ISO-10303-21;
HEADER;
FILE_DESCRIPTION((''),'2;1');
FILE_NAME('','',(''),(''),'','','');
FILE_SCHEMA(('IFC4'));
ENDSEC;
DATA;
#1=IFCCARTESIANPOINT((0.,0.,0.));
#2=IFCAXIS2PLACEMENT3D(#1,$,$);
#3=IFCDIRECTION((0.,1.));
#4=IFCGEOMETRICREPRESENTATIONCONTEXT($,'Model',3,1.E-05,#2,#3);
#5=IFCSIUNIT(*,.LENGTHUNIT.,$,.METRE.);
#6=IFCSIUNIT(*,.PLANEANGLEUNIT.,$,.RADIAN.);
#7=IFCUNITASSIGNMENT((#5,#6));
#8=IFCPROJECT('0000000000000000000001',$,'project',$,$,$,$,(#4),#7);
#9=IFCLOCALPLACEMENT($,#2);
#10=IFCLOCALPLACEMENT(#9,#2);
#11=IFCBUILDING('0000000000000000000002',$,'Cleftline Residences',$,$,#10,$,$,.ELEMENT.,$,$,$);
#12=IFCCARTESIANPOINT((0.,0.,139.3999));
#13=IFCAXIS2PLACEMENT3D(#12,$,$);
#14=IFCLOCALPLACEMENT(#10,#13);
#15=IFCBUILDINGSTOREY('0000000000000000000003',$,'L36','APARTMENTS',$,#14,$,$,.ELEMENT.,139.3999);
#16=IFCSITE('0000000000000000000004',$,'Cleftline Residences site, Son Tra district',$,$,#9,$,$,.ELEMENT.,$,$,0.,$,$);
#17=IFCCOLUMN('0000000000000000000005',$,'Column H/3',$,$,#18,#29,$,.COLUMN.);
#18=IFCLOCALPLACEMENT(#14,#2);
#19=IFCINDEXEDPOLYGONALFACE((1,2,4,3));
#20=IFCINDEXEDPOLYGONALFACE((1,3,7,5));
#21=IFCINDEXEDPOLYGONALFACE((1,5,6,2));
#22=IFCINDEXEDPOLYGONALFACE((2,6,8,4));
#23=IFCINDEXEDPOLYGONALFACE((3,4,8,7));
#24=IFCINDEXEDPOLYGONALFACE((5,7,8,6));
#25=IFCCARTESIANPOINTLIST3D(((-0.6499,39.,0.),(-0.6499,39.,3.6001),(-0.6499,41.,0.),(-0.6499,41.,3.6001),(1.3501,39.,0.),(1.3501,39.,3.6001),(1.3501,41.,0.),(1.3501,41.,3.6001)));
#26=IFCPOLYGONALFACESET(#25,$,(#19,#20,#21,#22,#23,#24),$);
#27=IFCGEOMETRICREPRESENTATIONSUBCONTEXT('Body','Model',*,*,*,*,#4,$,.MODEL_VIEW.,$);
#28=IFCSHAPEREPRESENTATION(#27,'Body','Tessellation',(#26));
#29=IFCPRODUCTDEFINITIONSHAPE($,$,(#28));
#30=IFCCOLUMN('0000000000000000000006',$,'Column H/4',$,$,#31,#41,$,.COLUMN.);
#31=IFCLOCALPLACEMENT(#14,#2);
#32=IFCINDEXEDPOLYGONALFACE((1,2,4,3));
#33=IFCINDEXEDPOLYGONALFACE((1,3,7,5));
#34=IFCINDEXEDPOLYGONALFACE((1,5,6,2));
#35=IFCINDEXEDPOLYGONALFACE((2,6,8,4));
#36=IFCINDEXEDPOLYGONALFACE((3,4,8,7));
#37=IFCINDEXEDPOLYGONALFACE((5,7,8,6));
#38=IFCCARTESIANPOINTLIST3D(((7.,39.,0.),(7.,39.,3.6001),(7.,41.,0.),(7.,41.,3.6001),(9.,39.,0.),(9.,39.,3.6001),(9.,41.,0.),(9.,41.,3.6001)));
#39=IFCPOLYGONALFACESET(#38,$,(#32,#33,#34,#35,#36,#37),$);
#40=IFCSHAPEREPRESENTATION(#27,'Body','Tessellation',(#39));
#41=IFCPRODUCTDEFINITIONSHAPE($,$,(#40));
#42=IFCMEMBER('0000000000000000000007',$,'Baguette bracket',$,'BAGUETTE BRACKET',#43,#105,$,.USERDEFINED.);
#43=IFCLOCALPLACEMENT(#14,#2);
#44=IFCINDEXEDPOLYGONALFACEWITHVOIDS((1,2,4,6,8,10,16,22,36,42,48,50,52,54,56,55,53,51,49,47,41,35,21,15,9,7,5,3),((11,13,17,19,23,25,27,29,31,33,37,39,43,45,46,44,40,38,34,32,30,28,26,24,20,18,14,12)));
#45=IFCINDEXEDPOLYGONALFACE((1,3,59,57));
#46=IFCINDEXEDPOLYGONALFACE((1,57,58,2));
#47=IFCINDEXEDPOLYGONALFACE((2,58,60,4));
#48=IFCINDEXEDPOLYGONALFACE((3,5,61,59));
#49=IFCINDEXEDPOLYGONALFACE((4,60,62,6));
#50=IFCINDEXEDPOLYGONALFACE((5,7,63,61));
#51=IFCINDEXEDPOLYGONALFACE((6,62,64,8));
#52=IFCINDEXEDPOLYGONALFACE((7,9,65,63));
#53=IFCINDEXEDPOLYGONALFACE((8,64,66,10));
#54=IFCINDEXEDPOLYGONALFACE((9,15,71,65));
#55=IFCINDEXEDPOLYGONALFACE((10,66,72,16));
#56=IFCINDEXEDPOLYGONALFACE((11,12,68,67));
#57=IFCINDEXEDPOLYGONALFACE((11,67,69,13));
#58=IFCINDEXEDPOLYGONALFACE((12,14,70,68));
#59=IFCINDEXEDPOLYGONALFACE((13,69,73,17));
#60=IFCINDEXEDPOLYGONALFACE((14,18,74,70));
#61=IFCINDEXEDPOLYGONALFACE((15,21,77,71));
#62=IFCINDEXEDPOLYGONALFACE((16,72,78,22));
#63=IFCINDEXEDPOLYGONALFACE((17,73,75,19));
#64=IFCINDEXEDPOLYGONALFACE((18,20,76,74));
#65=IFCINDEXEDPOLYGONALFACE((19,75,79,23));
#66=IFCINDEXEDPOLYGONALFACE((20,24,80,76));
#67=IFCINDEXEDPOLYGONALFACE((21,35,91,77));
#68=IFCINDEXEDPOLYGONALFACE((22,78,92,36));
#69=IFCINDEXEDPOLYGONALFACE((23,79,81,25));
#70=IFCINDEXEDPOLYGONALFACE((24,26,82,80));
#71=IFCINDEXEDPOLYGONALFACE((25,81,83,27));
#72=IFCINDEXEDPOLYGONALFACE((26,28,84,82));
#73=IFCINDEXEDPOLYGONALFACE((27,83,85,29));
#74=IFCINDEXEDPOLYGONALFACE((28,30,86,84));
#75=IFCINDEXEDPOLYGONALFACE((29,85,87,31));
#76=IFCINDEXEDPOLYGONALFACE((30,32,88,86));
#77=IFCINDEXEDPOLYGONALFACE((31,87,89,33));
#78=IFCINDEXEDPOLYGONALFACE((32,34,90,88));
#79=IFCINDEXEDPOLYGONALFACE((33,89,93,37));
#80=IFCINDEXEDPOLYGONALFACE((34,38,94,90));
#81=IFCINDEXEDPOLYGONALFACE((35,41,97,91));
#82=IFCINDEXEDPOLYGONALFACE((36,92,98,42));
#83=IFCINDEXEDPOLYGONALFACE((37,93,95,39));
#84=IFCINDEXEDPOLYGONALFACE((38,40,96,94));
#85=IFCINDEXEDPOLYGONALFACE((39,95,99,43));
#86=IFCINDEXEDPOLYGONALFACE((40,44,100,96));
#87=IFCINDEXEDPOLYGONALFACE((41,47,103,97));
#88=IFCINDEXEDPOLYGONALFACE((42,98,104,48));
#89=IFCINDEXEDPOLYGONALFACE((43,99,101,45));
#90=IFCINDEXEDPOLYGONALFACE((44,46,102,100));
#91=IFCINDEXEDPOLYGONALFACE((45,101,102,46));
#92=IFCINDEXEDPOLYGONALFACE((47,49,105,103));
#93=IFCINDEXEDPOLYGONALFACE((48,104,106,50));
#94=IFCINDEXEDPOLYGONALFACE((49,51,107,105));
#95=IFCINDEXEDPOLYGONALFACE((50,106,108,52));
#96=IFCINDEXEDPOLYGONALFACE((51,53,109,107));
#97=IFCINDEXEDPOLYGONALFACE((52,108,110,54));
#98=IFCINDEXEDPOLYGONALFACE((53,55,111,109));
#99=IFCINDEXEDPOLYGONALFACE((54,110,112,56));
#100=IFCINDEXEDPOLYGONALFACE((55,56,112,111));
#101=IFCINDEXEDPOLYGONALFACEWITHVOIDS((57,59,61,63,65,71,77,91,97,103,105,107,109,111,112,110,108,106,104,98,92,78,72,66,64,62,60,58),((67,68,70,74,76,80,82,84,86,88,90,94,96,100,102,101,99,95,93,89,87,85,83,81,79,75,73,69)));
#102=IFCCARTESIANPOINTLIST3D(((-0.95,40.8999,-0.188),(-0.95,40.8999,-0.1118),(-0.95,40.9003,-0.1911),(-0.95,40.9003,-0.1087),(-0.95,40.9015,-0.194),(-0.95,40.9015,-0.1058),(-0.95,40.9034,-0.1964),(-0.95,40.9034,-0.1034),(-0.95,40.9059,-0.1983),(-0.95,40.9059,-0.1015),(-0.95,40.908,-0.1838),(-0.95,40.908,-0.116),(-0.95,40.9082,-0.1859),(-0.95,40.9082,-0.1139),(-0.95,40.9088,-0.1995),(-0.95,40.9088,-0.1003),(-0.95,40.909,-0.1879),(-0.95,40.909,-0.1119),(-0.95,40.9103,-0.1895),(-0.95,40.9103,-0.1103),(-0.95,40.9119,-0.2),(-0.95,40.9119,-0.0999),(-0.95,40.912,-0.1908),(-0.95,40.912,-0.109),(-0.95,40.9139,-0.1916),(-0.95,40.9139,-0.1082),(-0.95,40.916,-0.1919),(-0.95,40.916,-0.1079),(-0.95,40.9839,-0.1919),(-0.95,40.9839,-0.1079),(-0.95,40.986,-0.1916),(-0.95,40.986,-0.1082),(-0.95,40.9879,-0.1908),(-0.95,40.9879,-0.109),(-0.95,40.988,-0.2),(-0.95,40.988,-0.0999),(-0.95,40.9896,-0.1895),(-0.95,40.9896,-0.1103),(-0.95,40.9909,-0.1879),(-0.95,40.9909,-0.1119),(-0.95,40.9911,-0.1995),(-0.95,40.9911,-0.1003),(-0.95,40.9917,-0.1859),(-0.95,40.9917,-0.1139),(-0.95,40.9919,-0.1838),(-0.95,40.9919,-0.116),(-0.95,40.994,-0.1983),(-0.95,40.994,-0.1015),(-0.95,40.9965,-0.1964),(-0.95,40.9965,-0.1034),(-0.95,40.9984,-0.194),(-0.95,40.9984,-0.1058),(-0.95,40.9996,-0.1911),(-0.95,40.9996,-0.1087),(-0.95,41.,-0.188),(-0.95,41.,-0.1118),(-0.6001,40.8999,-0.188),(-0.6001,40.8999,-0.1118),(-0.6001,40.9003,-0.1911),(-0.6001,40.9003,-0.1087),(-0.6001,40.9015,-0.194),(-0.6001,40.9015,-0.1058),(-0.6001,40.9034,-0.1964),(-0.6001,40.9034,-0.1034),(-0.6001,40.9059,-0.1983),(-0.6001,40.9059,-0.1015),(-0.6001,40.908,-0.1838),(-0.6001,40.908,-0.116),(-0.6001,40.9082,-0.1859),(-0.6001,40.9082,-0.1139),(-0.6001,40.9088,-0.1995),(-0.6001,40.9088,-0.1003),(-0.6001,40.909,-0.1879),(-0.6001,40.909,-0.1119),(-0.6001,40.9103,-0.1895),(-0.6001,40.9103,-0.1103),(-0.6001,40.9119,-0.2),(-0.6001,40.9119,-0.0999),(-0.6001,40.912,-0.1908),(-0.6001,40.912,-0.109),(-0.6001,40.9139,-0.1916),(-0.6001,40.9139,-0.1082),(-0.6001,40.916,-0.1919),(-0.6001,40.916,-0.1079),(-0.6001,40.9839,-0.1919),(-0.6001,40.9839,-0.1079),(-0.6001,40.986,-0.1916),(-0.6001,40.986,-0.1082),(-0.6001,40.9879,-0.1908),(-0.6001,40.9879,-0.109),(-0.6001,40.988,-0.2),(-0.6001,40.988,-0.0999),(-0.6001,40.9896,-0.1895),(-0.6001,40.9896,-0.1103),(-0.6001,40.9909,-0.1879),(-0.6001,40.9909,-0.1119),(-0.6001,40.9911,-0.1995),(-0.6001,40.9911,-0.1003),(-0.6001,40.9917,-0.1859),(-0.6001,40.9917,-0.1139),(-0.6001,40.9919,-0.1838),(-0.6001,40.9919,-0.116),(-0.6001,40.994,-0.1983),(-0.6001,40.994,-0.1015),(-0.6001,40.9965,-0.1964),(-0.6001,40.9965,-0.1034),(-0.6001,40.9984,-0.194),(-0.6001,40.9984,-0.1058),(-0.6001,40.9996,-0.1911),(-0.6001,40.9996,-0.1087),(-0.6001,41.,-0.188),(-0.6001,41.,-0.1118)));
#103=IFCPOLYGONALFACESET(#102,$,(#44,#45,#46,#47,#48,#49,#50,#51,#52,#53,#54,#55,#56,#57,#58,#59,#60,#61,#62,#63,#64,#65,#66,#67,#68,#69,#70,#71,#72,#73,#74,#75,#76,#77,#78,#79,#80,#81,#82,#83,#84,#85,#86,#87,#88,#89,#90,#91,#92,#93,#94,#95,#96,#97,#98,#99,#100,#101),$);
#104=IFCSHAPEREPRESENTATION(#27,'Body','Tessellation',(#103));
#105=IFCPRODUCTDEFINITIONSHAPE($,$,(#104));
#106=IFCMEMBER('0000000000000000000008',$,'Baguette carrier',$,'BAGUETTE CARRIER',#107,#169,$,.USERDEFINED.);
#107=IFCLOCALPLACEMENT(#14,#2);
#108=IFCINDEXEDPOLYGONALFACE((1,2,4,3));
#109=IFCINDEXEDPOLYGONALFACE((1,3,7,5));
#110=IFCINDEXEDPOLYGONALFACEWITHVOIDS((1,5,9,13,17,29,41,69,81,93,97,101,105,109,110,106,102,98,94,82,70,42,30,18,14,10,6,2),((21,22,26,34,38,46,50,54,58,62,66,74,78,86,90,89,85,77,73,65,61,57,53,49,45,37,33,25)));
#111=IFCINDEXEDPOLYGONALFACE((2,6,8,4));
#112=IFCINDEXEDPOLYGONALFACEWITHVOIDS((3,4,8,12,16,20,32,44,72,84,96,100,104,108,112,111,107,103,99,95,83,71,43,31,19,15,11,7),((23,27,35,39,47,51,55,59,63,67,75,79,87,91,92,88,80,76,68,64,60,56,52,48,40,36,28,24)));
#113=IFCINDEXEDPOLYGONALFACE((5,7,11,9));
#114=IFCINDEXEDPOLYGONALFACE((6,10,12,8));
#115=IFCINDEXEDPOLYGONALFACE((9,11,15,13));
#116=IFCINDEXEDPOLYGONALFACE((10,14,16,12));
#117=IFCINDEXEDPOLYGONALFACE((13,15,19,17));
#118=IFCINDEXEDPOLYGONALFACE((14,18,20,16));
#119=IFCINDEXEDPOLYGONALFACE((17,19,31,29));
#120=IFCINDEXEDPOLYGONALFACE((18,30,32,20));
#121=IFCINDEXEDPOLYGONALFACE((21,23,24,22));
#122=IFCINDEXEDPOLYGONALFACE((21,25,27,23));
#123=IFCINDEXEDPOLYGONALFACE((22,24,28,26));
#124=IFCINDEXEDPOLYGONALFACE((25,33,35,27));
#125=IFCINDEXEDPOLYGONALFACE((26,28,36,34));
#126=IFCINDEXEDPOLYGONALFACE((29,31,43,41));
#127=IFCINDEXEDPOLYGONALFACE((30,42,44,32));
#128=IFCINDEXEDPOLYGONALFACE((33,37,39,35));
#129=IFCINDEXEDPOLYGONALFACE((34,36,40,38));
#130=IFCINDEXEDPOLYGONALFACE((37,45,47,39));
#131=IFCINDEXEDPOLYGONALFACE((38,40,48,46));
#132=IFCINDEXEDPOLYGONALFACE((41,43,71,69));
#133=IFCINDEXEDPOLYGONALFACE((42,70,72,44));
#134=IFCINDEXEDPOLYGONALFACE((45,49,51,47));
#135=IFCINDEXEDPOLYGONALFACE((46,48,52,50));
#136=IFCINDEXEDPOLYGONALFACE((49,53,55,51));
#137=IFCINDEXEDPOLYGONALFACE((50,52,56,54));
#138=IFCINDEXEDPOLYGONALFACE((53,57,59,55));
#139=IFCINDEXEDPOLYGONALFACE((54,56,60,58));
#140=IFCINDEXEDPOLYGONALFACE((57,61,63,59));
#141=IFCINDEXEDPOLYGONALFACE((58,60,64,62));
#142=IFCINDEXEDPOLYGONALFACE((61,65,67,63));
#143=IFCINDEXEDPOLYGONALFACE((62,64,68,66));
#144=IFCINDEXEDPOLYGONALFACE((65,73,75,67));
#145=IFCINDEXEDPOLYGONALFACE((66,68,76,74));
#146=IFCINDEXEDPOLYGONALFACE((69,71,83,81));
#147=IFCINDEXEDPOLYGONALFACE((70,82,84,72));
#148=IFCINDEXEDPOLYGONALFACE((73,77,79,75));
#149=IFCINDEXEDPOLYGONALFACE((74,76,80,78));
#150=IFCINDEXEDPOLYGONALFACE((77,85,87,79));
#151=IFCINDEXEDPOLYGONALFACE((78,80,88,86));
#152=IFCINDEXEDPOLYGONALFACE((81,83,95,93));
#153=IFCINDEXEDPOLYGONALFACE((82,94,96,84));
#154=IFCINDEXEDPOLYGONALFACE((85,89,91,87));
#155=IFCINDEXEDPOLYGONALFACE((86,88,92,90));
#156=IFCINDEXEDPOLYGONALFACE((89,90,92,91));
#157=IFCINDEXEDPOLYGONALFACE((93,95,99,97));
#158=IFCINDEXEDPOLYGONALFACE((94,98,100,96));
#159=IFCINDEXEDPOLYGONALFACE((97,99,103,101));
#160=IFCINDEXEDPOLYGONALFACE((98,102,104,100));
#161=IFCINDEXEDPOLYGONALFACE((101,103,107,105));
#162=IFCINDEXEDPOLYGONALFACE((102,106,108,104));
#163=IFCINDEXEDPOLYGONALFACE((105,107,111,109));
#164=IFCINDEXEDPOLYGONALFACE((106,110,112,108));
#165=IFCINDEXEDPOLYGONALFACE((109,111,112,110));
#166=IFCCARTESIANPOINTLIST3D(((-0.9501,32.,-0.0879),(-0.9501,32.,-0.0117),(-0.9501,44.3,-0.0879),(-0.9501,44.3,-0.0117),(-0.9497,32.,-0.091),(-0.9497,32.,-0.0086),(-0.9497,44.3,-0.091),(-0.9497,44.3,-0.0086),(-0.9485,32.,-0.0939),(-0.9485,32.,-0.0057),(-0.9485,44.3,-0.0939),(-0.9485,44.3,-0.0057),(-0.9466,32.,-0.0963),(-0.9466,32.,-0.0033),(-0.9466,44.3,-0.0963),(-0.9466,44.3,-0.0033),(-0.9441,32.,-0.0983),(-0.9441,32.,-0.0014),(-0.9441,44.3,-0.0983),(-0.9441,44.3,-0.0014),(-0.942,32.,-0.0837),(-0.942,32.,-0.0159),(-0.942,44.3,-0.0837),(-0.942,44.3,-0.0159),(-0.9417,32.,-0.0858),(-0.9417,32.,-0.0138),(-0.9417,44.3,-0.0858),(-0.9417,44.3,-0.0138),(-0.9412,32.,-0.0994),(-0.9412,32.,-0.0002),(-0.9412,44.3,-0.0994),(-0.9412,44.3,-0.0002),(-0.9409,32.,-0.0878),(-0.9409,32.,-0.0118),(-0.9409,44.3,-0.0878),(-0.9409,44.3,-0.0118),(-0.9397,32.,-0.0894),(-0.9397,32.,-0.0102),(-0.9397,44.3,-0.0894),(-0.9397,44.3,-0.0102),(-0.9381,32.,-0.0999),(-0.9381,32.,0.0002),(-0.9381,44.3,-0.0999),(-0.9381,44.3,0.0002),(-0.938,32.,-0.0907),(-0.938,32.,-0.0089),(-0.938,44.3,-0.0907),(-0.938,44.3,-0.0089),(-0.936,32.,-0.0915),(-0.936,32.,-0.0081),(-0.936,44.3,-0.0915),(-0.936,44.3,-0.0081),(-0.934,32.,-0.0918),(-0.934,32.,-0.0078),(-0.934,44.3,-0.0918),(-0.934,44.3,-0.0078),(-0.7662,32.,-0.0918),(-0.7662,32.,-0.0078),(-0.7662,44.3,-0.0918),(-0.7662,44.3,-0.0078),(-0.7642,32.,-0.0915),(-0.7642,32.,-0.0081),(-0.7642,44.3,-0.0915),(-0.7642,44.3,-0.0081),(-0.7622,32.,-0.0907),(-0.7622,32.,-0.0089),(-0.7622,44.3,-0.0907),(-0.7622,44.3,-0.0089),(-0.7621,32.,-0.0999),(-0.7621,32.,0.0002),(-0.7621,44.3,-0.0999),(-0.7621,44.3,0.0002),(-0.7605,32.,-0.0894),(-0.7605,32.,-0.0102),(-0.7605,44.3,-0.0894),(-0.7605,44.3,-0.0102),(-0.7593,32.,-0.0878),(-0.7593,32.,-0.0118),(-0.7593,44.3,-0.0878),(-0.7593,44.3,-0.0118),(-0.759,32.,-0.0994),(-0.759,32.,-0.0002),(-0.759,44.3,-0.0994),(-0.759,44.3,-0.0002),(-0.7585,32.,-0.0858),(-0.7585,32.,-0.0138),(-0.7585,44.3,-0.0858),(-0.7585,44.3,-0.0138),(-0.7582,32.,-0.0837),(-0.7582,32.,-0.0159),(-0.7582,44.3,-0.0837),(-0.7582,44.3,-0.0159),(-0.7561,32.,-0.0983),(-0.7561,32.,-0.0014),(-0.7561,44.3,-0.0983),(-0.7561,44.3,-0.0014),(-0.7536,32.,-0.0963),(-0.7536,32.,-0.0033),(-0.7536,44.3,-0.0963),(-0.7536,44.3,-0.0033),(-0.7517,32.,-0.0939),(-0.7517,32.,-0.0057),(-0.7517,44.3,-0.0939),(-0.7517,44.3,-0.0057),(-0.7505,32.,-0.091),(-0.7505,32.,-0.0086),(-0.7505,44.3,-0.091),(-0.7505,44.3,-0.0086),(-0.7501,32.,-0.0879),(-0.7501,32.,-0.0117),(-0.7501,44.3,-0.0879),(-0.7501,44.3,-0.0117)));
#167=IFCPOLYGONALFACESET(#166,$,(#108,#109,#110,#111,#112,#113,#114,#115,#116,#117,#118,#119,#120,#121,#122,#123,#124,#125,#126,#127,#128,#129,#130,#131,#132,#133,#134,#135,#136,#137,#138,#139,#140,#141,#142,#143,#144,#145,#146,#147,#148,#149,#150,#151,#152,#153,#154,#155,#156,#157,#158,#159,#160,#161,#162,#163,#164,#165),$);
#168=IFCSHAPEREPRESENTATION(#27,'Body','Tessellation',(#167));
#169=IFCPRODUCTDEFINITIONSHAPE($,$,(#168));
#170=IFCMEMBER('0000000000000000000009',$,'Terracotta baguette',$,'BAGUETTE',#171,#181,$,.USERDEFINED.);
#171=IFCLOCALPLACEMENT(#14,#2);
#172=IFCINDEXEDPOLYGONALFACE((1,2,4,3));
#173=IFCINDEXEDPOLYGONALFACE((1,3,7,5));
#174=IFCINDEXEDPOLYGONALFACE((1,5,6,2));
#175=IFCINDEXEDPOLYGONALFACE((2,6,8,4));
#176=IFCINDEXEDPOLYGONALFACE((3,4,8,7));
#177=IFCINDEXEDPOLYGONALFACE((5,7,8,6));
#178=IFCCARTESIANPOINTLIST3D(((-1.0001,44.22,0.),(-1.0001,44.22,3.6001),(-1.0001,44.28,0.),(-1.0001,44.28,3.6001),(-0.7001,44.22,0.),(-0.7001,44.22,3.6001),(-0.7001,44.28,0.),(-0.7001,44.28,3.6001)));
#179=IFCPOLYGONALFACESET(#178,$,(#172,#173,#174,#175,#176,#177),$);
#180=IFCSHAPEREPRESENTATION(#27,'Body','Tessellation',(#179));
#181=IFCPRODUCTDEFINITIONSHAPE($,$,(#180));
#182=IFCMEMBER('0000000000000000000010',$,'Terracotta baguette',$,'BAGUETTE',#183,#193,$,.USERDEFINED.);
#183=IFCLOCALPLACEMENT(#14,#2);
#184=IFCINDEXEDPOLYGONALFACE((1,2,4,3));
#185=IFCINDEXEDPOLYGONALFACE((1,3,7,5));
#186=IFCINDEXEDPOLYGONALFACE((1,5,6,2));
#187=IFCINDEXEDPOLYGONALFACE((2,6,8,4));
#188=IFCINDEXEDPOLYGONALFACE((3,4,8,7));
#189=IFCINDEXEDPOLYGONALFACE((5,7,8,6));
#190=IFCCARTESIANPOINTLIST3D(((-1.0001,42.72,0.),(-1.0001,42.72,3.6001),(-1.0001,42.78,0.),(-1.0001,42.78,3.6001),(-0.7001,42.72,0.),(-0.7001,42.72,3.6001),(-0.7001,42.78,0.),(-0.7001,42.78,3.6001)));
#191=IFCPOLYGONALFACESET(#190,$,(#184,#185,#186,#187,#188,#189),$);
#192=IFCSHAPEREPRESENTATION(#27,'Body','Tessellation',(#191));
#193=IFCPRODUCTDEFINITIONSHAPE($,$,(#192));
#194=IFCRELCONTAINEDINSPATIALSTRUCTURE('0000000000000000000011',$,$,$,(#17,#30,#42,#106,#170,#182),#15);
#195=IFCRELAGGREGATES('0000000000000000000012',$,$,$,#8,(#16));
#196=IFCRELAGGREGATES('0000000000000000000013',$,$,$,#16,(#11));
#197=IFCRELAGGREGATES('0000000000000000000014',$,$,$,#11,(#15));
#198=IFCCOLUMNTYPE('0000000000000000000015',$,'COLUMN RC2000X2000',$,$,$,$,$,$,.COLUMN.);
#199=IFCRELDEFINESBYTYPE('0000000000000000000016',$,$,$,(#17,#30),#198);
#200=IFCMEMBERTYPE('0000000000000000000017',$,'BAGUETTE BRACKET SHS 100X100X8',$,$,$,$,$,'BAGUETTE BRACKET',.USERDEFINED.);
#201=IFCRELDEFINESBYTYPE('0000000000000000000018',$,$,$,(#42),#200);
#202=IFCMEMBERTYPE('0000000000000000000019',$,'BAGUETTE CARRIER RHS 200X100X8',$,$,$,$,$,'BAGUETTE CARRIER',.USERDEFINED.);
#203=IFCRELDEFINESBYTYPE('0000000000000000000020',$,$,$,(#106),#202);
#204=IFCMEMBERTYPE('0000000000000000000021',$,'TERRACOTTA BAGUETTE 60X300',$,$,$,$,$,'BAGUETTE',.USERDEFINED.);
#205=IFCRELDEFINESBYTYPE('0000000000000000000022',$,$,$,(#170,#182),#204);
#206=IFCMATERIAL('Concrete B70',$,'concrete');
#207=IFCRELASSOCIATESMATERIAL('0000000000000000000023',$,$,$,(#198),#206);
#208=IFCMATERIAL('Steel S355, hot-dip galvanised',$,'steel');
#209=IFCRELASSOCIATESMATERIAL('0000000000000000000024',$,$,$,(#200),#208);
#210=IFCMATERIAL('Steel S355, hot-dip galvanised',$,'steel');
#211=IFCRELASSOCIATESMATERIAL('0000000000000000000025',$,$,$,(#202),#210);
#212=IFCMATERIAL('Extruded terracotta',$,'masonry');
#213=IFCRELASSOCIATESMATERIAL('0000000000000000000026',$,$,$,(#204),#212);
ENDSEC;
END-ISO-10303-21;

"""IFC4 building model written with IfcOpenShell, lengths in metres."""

from ifc_helpers import new_model, si_unit, direction, frame, origin, origin_2d, place, context, subcontext, project, spatial, rectangle, hollow_rectangle, extrude, material, material_profile, profile_set, type_object, element, save


model = new_model("IFC4")

# Units and contexts
model_context = context("Model", 3, precision=1e-05, world=origin(), true_north=direction((0.0, 1.0)))
body_context = subcontext(model_context, "Body", "Model", "MODEL_VIEW")
ifc_project = project(units=[si_unit("LENGTHUNIT", "METRE"), si_unit("PLANEANGLEUNIT", "RADIAN")], contexts=[model_context])

# Site, building, storey
site_placement = place(None, origin())
site = spatial("IfcSite", under=ifc_project, at=site_placement, Name="Cleftline Residences site, Son Tra district", CompositionType="ELEMENT", RefElevation=0.0)
building_placement = place(site_placement, origin())
building = spatial("IfcBuilding", under=site, at=building_placement, Name="Cleftline Residences", CompositionType="ELEMENT")
storey_placement = place(building_placement, frame((0.0, 0.0, 139.3999)))
storey = spatial("IfcBuildingStorey", under=building, at=storey_placement, Name="L36", Description="APARTMENTS", CompositionType="ELEMENT", Elevation=139.3999)

# Columns
ifc_material_1 = material(Name="Concrete B70", Category="concrete")
ifc_material_profile_1 = material_profile(ifc_material_1, rectangle(XDim=2.0, YDim=2.0, at=origin_2d()))
ifc_profile_set_1 = profile_set([ifc_material_profile_1], Name="Concrete B70")
column_type = type_object("IfcColumnType", Name="COLUMN RC2000X2000", PredefinedType="COLUMN", material=ifc_profile_set_1)
for number, where, z_axis, x_axis, name in (
    (1, (0.3501, 40.0, 0.0), (0.0, 0.0, 1.0), (1.0, 0.0, 0.0), "Column H/3"),
    (2, (8.0, 40.0, 0.0), (0.0, 0.0, 1.0), (1.0, 0.0, 0.0), "Column H/4"),
):
    element("IfcColumn", number, at=place(storey_placement, frame(where, z_axis=z_axis, x_axis=x_axis)), inside=storey, type_object=column_type, Name=name, PredefinedType="COLUMN", context=body_context, shape_type="SweptSolid", body=[
        extrude(rectangle(XDim=2.0, YDim=2.0, at=origin_2d()), origin(), (0.0, 0.0, 1.0), 3.6001),
    ])

# Members
ifc_material_2 = material(Name="Steel S355, hot-dip galvanised", Category="steel")
ifc_material_profile_2 = material_profile(ifc_material_2, hollow_rectangle(XDim=0.1001, YDim=0.1001, WallThickness=0.0081, InnerFilletRadius=0.0081, OuterFilletRadius=0.012, at=origin_2d()))
ifc_profile_set_2 = profile_set([ifc_material_profile_2], Name="Steel S355, hot-dip galvanised")
member_type_1 = type_object("IfcMemberType", Name="BAGUETTE BRACKET SHS 100X100X8", ElementType="BAGUETTE BRACKET", PredefinedType="USERDEFINED", material=ifc_profile_set_2)
member_1_placement = place(storey_placement, frame((-0.6001, 40.95, -0.1499), z_axis=(-1.0, 0.0, 0.0), x_axis=(0.0, -1.0, 0.0)))
element("IfcMember", 3, at=member_1_placement, inside=storey, type_object=member_type_1, Name="Baguette bracket", ObjectType="BAGUETTE BRACKET", PredefinedType="USERDEFINED", context=body_context, shape_type="SweptSolid", body=[
    extrude(hollow_rectangle(XDim=0.1001, YDim=0.1001, WallThickness=0.0081, InnerFilletRadius=0.0081, OuterFilletRadius=0.012, at=origin_2d()), origin(), (0.0, 0.0, 1.0), 0.3499),
])
ifc_material_3 = material(Name="Steel S355, hot-dip galvanised", Category="steel")
ifc_material_profile_3 = material_profile(ifc_material_3, hollow_rectangle(XDim=0.1001, YDim=0.2, WallThickness=0.0081, InnerFilletRadius=0.0081, OuterFilletRadius=0.012, at=origin_2d()))
ifc_profile_set_3 = profile_set([ifc_material_profile_3], Name="Steel S355, hot-dip galvanised")
member_type_2 = type_object("IfcMemberType", Name="BAGUETTE CARRIER RHS 200X100X8", ElementType="BAGUETTE CARRIER", PredefinedType="USERDEFINED", material=ifc_profile_set_3)
member_2_placement = place(storey_placement, frame((-0.8501, 44.3, -0.0498), z_axis=(0.0, -1.0, 0.0), x_axis=(0.0, 0.0, 1.0)))
element("IfcMember", 4, at=member_2_placement, inside=storey, type_object=member_type_2, Name="Baguette carrier", ObjectType="BAGUETTE CARRIER", PredefinedType="USERDEFINED", context=body_context, shape_type="SweptSolid", body=[
    extrude(hollow_rectangle(XDim=0.1001, YDim=0.2, WallThickness=0.0081, InnerFilletRadius=0.0081, OuterFilletRadius=0.012, at=origin_2d()), origin(), (0.0, 0.0, 1.0), 12.3),
])
ifc_material_4 = material(Name="Extruded terracotta", Category="masonry")
ifc_material_profile_4 = material_profile(ifc_material_4, rectangle(XDim=0.0601, YDim=0.3, at=origin_2d()))
ifc_profile_set_4 = profile_set([ifc_material_profile_4], Name="Extruded terracotta")
member_type_3 = type_object("IfcMemberType", Name="TERRACOTTA BAGUETTE 60X300", ElementType="BAGUETTE", PredefinedType="USERDEFINED", material=ifc_profile_set_4)
for number, where, z_axis, x_axis, name in (
    (5, (-0.8501, 44.25, 0.0), (0.0, 0.0, 1.0), (0.0, 1.0, 0.0), "Terracotta baguette"),
    (6, (-0.8501, 42.75, 0.0), (0.0, 0.0, 1.0), (0.0, 1.0, 0.0), "Terracotta baguette"),
):
    element("IfcMember", number, at=place(storey_placement, frame(where, z_axis=z_axis, x_axis=x_axis)), inside=storey, type_object=member_type_3, Name=name, ObjectType="BAGUETTE", PredefinedType="USERDEFINED", context=body_context, shape_type="SweptSolid", body=[
        extrude(rectangle(XDim=0.0601, YDim=0.3, at=origin_2d()), origin(), (0.0, 0.0, 1.0), 3.6001),
    ])

save(model, "model.ifc")
